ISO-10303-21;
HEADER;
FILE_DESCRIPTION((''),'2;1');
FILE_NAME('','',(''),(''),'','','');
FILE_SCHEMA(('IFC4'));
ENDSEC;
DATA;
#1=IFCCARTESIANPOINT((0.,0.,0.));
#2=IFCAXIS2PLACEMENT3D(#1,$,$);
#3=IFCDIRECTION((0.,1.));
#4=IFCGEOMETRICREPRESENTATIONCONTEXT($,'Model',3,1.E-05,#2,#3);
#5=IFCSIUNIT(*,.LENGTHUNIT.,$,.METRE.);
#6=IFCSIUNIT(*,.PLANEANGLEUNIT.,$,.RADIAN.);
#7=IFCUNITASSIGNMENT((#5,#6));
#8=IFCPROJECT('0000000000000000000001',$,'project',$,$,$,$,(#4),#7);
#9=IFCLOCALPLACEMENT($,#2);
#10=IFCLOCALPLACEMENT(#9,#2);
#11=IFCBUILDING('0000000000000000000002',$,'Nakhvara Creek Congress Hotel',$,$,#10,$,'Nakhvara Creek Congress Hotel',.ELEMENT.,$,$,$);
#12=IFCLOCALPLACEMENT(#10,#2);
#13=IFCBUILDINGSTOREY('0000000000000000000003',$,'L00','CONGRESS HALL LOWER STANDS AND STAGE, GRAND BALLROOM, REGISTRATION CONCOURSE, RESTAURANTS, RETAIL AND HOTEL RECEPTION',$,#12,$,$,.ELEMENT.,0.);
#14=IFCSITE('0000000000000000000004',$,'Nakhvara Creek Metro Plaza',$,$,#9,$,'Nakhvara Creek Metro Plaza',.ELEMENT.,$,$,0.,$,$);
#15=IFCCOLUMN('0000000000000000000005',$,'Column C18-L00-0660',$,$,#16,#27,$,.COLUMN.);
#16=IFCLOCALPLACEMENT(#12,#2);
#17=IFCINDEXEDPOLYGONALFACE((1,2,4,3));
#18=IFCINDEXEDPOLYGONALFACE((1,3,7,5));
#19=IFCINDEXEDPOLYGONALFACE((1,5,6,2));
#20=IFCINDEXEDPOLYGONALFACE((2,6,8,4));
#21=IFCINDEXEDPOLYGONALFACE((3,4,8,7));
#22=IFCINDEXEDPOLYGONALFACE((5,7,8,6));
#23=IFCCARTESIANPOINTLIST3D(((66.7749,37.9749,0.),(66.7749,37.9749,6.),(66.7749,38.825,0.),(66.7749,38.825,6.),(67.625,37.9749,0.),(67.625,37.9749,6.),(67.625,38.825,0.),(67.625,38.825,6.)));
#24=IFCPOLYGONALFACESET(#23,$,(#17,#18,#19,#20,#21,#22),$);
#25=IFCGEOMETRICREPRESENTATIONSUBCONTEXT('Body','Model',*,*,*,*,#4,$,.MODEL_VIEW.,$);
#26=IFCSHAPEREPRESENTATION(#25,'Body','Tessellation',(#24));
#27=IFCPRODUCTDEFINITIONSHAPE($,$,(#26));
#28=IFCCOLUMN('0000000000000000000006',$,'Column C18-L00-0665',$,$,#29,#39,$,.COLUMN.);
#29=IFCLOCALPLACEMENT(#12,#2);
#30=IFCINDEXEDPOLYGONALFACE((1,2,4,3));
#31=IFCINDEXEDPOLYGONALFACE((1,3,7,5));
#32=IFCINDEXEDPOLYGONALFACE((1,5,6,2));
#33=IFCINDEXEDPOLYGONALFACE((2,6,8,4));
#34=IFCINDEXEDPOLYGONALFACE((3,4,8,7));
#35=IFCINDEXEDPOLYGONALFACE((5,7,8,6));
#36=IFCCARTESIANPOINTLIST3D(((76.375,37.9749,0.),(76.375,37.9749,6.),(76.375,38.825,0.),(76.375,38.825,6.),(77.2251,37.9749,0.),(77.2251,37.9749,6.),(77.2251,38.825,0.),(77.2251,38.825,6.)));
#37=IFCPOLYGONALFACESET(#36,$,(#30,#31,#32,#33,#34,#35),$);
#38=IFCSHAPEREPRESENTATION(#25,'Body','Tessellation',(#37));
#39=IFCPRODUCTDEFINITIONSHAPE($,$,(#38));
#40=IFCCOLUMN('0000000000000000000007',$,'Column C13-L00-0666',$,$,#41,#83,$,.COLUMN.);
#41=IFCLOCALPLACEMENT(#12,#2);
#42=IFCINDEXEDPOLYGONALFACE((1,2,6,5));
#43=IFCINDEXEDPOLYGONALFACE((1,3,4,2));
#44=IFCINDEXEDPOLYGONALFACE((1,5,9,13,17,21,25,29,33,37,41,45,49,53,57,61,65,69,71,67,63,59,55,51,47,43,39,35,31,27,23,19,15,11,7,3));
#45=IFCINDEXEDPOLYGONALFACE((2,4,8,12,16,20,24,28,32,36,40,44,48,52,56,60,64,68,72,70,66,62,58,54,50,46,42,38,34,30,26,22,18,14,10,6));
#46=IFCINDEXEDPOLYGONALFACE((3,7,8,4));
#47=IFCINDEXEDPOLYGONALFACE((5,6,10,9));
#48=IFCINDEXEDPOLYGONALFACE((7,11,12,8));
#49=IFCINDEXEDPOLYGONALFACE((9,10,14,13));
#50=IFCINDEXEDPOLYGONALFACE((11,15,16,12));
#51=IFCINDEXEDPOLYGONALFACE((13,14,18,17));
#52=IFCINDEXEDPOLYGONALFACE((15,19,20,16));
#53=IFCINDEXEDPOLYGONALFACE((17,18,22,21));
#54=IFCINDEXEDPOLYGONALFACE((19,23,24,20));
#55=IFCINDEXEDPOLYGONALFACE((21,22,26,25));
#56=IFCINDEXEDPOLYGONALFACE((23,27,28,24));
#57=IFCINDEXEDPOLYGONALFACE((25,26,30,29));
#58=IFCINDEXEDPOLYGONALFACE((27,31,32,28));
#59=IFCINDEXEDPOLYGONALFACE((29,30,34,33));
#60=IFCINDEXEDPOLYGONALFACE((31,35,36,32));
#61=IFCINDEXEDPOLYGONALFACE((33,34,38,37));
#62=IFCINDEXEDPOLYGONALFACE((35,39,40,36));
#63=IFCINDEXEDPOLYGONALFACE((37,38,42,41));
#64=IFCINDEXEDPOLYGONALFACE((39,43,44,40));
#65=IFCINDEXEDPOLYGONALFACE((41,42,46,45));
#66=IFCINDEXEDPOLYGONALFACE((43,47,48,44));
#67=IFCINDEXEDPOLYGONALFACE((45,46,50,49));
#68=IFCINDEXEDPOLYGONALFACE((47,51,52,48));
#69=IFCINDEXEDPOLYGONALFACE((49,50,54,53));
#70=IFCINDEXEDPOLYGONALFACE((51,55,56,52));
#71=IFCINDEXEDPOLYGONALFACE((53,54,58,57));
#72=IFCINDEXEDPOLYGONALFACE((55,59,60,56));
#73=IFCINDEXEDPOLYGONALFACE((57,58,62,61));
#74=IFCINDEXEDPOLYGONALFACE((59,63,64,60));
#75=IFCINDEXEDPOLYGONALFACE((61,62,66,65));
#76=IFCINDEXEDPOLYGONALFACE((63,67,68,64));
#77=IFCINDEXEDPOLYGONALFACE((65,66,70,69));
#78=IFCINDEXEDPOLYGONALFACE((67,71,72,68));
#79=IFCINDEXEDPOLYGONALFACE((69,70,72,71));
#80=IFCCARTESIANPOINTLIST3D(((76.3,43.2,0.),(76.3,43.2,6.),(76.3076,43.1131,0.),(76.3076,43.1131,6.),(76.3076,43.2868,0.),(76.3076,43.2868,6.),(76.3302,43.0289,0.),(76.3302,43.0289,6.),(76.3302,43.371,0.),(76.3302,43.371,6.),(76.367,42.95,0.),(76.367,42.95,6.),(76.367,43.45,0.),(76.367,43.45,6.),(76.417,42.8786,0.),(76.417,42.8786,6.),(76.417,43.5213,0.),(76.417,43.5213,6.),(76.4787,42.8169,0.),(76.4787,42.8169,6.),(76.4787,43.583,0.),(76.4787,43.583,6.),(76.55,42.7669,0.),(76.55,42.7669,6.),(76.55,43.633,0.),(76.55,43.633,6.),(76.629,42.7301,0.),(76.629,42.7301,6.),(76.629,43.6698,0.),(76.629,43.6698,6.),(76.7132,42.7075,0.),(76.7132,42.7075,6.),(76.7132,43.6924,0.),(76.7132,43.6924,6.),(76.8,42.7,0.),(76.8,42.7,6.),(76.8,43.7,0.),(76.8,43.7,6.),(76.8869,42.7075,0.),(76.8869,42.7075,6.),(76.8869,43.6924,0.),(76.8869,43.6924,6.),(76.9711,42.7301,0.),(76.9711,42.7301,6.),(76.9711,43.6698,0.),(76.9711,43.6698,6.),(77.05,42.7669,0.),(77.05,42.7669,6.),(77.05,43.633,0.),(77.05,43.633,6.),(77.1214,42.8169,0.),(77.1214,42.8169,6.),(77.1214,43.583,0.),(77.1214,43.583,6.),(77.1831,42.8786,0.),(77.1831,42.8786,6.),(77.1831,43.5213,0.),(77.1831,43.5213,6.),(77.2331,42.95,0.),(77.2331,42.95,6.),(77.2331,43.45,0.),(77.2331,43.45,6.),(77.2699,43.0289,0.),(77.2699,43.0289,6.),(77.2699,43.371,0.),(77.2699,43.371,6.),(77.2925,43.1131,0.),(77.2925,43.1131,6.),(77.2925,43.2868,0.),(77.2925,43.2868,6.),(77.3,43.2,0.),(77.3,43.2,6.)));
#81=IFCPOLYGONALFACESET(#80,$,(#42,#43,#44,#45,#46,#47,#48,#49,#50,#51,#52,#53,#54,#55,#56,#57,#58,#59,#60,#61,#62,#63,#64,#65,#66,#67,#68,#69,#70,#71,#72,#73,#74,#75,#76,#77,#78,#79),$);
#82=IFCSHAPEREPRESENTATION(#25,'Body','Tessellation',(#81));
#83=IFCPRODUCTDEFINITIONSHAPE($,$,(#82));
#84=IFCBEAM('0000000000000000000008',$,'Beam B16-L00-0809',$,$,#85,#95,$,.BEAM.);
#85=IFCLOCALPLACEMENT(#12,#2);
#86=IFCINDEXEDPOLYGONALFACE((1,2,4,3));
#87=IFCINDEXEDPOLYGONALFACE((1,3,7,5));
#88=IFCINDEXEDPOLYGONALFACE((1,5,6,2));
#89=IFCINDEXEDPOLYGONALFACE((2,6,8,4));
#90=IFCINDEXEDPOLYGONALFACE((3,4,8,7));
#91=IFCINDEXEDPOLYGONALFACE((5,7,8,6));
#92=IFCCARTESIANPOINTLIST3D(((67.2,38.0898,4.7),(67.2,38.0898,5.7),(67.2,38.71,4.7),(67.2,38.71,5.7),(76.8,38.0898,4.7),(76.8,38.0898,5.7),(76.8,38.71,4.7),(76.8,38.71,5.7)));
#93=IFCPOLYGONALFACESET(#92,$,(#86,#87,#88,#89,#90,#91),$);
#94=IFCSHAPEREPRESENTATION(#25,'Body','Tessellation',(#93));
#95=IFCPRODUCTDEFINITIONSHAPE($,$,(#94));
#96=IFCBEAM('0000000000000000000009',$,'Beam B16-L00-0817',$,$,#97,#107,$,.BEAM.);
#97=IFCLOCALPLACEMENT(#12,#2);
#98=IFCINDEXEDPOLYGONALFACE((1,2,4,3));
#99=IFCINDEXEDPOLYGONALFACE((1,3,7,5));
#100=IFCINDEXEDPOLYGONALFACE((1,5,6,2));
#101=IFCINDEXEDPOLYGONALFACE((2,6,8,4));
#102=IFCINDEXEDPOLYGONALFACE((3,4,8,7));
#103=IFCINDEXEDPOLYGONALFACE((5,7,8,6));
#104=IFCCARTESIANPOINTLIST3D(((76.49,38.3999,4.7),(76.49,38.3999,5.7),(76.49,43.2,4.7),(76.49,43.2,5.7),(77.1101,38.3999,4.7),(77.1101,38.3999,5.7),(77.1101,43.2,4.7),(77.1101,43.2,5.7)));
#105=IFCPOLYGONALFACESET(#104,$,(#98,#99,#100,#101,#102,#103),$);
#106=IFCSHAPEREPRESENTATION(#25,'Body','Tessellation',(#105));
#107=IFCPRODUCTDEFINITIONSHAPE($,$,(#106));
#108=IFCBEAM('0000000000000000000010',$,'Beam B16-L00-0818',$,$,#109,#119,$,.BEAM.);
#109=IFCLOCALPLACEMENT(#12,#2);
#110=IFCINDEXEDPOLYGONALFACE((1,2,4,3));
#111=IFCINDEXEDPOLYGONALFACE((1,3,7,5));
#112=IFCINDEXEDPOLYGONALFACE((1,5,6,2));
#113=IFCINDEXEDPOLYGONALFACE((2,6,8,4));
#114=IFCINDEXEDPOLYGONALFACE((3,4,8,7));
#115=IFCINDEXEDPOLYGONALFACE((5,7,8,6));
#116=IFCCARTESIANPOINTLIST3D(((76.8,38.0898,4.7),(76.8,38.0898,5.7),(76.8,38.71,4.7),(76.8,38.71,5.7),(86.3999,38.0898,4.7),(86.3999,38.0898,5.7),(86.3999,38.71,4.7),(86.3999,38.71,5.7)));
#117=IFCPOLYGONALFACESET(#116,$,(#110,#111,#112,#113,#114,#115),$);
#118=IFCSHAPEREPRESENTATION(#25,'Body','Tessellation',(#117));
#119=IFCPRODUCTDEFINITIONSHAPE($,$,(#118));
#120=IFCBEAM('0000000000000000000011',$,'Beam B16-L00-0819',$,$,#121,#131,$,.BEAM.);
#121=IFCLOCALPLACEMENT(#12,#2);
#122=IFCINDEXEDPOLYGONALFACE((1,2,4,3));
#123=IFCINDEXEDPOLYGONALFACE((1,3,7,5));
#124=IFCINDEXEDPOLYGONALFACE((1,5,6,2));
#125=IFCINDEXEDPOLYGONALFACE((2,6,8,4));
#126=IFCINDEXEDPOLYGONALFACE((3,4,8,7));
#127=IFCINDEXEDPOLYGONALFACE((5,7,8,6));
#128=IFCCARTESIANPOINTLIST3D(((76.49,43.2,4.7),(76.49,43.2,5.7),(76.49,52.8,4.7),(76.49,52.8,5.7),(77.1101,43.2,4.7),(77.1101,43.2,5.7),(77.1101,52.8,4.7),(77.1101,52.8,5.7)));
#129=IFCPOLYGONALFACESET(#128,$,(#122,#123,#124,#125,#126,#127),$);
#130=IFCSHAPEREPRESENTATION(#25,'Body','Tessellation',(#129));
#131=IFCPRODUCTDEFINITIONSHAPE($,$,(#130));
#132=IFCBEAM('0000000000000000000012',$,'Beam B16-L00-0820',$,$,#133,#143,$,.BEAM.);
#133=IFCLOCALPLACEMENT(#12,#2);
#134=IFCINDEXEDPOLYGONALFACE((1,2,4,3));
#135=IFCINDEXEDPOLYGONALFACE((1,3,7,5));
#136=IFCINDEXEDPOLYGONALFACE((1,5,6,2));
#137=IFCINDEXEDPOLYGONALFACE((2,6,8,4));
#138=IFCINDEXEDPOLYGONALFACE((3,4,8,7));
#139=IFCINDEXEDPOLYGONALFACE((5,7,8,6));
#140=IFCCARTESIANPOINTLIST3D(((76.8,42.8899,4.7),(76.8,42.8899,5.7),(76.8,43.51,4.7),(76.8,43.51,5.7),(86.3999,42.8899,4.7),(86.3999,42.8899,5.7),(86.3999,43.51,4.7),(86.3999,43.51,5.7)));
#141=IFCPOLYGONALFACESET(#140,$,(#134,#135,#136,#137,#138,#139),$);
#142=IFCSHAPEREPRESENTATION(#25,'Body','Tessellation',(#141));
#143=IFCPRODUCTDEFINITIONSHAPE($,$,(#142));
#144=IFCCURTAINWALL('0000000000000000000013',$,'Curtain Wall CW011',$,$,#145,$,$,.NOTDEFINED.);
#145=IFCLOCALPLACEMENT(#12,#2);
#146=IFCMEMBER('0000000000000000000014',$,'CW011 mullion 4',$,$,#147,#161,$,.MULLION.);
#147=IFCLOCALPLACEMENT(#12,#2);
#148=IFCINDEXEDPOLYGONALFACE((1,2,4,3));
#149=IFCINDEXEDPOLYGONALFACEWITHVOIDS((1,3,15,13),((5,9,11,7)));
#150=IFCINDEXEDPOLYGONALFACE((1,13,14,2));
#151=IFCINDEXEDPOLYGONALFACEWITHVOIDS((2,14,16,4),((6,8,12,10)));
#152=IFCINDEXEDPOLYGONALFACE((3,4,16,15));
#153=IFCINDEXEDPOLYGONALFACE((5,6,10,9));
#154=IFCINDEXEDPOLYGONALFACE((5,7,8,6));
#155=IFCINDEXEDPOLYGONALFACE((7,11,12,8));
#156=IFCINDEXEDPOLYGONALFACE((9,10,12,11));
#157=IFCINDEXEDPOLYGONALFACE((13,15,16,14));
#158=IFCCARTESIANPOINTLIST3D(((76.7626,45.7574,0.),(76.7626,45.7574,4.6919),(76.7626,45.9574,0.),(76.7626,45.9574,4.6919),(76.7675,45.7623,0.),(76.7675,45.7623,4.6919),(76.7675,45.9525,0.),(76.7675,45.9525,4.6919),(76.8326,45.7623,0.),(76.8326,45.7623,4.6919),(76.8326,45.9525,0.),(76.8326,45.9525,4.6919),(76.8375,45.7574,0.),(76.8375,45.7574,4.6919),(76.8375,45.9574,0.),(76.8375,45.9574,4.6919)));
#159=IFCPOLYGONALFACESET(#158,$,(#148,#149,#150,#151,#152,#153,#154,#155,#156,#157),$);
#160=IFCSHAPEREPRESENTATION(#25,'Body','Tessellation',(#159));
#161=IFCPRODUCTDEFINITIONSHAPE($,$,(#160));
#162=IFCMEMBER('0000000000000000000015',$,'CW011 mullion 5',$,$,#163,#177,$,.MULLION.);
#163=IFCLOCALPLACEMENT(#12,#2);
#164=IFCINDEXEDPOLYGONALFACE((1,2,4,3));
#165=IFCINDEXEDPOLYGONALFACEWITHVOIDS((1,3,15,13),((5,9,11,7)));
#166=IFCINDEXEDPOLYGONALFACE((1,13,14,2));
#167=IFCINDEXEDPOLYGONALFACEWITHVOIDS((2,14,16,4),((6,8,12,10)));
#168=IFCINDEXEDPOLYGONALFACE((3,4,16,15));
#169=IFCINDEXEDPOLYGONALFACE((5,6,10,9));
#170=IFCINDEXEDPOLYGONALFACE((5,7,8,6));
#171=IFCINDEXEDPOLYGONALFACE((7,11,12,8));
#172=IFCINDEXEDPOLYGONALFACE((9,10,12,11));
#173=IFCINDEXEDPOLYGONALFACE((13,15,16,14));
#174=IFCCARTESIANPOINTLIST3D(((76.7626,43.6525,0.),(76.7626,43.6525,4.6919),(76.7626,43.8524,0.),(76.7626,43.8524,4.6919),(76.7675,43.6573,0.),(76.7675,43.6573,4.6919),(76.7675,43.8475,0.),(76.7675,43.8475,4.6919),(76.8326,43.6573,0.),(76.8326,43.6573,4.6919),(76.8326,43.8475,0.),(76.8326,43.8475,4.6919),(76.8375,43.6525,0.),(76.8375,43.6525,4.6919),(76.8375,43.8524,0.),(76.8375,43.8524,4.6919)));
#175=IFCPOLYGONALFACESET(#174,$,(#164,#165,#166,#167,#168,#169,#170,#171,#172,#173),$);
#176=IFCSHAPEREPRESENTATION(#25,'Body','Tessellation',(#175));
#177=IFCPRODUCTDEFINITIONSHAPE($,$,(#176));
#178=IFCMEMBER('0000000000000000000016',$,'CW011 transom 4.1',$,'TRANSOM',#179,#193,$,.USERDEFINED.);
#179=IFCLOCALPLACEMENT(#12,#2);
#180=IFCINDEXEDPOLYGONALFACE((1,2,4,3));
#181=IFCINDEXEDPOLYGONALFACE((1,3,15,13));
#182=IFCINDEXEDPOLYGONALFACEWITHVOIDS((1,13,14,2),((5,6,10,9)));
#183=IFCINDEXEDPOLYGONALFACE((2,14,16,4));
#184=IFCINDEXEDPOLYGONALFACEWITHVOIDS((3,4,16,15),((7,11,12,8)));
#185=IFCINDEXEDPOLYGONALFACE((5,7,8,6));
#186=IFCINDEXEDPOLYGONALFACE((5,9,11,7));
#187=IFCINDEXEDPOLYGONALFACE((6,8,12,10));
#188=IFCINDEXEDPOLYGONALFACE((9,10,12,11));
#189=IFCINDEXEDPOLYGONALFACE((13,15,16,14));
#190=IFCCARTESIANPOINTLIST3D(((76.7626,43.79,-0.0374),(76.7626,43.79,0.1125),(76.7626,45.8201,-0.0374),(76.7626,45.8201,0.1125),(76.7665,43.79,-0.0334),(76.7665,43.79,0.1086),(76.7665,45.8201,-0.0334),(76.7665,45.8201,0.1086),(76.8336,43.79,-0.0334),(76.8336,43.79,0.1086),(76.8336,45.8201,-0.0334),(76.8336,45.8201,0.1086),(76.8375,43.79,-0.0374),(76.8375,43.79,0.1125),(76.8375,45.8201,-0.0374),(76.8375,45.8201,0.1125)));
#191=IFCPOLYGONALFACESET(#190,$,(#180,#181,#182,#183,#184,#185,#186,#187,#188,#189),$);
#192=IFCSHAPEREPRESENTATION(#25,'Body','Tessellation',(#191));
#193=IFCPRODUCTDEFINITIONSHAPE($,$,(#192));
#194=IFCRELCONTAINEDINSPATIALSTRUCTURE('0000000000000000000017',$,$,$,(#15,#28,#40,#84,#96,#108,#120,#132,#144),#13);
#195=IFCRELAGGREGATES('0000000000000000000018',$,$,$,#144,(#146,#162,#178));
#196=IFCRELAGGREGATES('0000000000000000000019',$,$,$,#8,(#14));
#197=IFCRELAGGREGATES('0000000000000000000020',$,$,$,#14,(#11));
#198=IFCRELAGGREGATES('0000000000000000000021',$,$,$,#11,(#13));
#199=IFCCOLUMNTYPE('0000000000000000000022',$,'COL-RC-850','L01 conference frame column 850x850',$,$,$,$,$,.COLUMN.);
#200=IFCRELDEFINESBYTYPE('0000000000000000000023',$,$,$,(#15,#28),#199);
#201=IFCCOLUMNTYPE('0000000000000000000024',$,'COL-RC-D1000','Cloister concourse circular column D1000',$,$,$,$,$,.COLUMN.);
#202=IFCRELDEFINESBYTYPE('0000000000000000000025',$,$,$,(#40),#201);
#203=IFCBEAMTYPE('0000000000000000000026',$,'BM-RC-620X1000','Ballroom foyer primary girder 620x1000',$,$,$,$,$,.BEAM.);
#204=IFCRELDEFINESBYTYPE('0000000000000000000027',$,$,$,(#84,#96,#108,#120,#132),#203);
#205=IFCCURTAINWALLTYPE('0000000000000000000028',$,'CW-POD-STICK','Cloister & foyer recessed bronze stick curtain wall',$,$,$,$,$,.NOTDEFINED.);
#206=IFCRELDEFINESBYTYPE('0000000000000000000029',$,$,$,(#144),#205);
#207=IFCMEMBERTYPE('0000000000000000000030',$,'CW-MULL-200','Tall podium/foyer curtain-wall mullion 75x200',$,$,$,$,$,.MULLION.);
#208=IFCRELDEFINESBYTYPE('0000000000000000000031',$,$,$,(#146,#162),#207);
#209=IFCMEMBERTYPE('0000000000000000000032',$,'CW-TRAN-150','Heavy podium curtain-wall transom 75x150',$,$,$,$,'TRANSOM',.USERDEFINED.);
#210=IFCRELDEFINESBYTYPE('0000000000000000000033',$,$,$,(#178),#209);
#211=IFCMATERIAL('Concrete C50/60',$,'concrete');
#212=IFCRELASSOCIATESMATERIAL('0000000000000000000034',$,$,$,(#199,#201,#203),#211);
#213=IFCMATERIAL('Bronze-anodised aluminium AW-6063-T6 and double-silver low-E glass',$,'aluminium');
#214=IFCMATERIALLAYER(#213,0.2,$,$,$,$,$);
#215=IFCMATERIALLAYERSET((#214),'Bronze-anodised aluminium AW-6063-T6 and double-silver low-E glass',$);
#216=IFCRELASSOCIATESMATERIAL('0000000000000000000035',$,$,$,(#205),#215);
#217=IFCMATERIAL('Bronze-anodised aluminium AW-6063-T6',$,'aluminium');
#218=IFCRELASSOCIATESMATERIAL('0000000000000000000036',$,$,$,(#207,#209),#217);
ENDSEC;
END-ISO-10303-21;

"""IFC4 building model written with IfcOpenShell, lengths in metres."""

from ifc_helpers import new_model, si_unit, direction, frame, origin, origin_2d, place, context, subcontext, project, spatial, rectangle, hollow_rectangle, circle, extrude, material, layer, layer_set, material_profile, profile_set, type_object, element, aggregate, save


model = new_model("IFC4")

# Units and contexts
model_context = context("Model", 3, precision=1e-05, world=origin(), true_north=direction((0.0, 1.0)))
body_context = subcontext(model_context, "Body", "Model", "MODEL_VIEW")
ifc_project = project(units=[si_unit("LENGTHUNIT", "METRE"), si_unit("PLANEANGLEUNIT", "RADIAN")], contexts=[model_context])

# Site, building, storey
site_placement = place(None, origin())
site = spatial("IfcSite", under=ifc_project, at=site_placement, Name="Nakhvara Creek Metro Plaza", LongName="Nakhvara Creek Metro Plaza", CompositionType="ELEMENT", RefElevation=0.0)
building_placement = place(site_placement, origin())
building = spatial("IfcBuilding", under=site, at=building_placement, Name="Nakhvara Creek Congress Hotel", LongName="Nakhvara Creek Congress Hotel", CompositionType="ELEMENT")
storey_placement = place(building_placement, origin())
storey = spatial("IfcBuildingStorey", under=building, at=storey_placement, Name="L00", Description="CONGRESS HALL LOWER STANDS AND STAGE, GRAND BALLROOM, REGISTRATION CONCOURSE, RESTAURANTS, RETAIL AND HOTEL RECEPTION", CompositionType="ELEMENT", Elevation=0.0)

# Columns
ifc_material_1 = material(Name="Concrete C50/60", Category="concrete")
ifc_material_profile_1 = material_profile(ifc_material_1, rectangle(XDim=0.8501, YDim=0.8501, at=origin_2d()), Name="RC-COL 850x850", Category="LoadBearing")
ifc_profile_set_1 = profile_set([ifc_material_profile_1], Name="Concrete C50/60")
column_type_1 = type_object("IfcColumnType", Name="COL-RC-850", Description="L01 conference frame column 850x850", PredefinedType="COLUMN", material=ifc_profile_set_1)
for number, where, z_axis, x_axis, name in (
    (1, (67.2, 38.3999, 0.0), (0.0, 0.0, 1.0), (1.0, 0.0, 0.0), "Column C18-L00-0660"),
    (2, (76.8, 38.3999, 0.0), (0.0, 0.0, 1.0), (1.0, 0.0, 0.0), "Column C18-L00-0665"),
):
    element("IfcColumn", number, at=place(storey_placement, frame(where, z_axis=z_axis, x_axis=x_axis)), inside=storey, type_object=column_type_1, Name=name, PredefinedType="COLUMN", context=body_context, shape_type="SweptSolid", body=[
        extrude(rectangle(XDim=0.8501, YDim=0.8501, at=origin_2d()), origin(), (0.0, 0.0, 1.0), 6.0),
    ])
ifc_material_profile_2 = material_profile(ifc_material_1, circle(Radius=0.5, at=origin_2d()), Name="RC-COL D1000", Category="LoadBearing")
ifc_profile_set_2 = profile_set([ifc_material_profile_2], Name="Concrete C50/60")
column_type_2 = type_object("IfcColumnType", Name="COL-RC-D1000", Description="Cloister concourse circular column D1000", PredefinedType="COLUMN", material=ifc_profile_set_2)
column_placement = place(storey_placement, frame((76.8, 43.2, 0.0), z_axis=(0.0, 0.0, 1.0), x_axis=(1.0, 0.0, 0.0)))
element("IfcColumn", 3, at=column_placement, inside=storey, type_object=column_type_2, Name="Column C13-L00-0666", PredefinedType="COLUMN", context=body_context, shape_type="SweptSolid", body=[
    extrude(circle(Radius=0.5, at=origin_2d()), origin(), (0.0, 0.0, 1.0), 6.0),
])

# Beams
ifc_material_profile_3 = material_profile(ifc_material_1, rectangle(XDim=0.6201, YDim=1.0, at=origin_2d()), Name="RC-BM 620x1000", Category="LoadBearing")
ifc_profile_set_3 = profile_set([ifc_material_profile_3], Name="Concrete C50/60")
beam_type = type_object("IfcBeamType", Name="BM-RC-620X1000", Description="Ballroom foyer primary girder 620x1000", PredefinedType="BEAM", material=ifc_profile_set_3)
beam_1_placement = place(storey_placement, frame((67.2, 38.3999, 5.2), z_axis=(1.0, 0.0, 0.0), x_axis=(0.0, 1.0, 0.0)))
element("IfcBeam", 4, at=beam_1_placement, inside=storey, type_object=beam_type, Name="Beam B16-L00-0809", PredefinedType="BEAM", context=body_context, shape_type="SweptSolid", body=[
    extrude(rectangle(XDim=0.6201, YDim=1.0, at=origin_2d()), origin(), (0.0, 0.0, 1.0), 9.6001),
])
beam_2_placement = place(storey_placement, frame((76.8, 38.3999, 5.2), z_axis=(0.0, 1.0, 0.0), x_axis=(-1.0, 0.0, 0.0)))
element("IfcBeam", 5, at=beam_2_placement, inside=storey, type_object=beam_type, Name="Beam B16-L00-0817", PredefinedType="BEAM", context=body_context, shape_type="SweptSolid", body=[
    extrude(rectangle(XDim=0.6201, YDim=1.0, at=origin_2d()), origin(), (0.0, 0.0, 1.0), 4.8),
])
beam_3_placement = place(storey_placement, frame((76.8, 38.3999, 5.2), z_axis=(1.0, 0.0, 0.0), x_axis=(0.0, 1.0, 0.0)))
element("IfcBeam", 6, at=beam_3_placement, inside=storey, type_object=beam_type, Name="Beam B16-L00-0818", PredefinedType="BEAM", context=body_context, shape_type="SweptSolid", body=[
    extrude(rectangle(XDim=0.6201, YDim=1.0, at=origin_2d()), origin(), (0.0, 0.0, 1.0), 9.5999),
])
beam_4_placement = place(storey_placement, frame((76.8, 43.2, 5.2), z_axis=(0.0, 1.0, 0.0), x_axis=(-1.0, 0.0, 0.0)))
element("IfcBeam", 7, at=beam_4_placement, inside=storey, type_object=beam_type, Name="Beam B16-L00-0819", PredefinedType="BEAM", context=body_context, shape_type="SweptSolid", body=[
    extrude(rectangle(XDim=0.6201, YDim=1.0, at=origin_2d()), origin(), (0.0, 0.0, 1.0), 9.6001),
])
beam_5_placement = place(storey_placement, frame((76.8, 43.2, 5.2), z_axis=(1.0, 0.0, 0.0), x_axis=(0.0, 1.0, 0.0)))
element("IfcBeam", 8, at=beam_5_placement, inside=storey, type_object=beam_type, Name="Beam B16-L00-0820", PredefinedType="BEAM", context=body_context, shape_type="SweptSolid", body=[
    extrude(rectangle(XDim=0.6201, YDim=1.0, at=origin_2d()), origin(), (0.0, 0.0, 1.0), 9.5999),
])

# Curtain wall, members
ifc_material_2 = material(Name="Bronze-anodised aluminium AW-6063-T6 and double-silver low-E glass", Category="aluminium")
ifc_layer = layer(ifc_material_2, 0.2)
ifc_layer_set = layer_set([ifc_layer], Name="Bronze-anodised aluminium AW-6063-T6 and double-silver low-E glass")
curtain_wall_type = type_object("IfcCurtainWallType", Name="CW-POD-STICK", Description="Cloister & foyer recessed bronze stick curtain wall", PredefinedType="NOTDEFINED", material=ifc_layer_set)
curtain_wall_placement = place(storey_placement, origin())
curtain_wall = element("IfcCurtainWall", 9, at=curtain_wall_placement, inside=storey, type_object=curtain_wall_type, Name="Curtain Wall CW011", PredefinedType="NOTDEFINED")
ifc_material_3 = material(Name="Bronze-anodised aluminium AW-6063-T6", Category="aluminium")
ifc_material_profile_4 = material_profile(ifc_material_3, hollow_rectangle(XDim=0.075, YDim=0.2, WallThickness=0.0049, at=origin_2d()), Name="ALU-MULL 75x200x5", Category="LoadBearing")
ifc_profile_set_4 = profile_set([ifc_material_profile_4], Name="Bronze-anodised aluminium AW-6063-T6")
member_type_1 = type_object("IfcMemberType", Name="CW-MULL-200", Description="Tall podium/foyer curtain-wall mullion 75x200", PredefinedType="MULLION", material=ifc_profile_set_4)
member_1_placement = place(storey_placement, frame((76.8, 45.8574, 0.0), z_axis=(0.0, 0.0, 1.0), x_axis=(1.0, 0.0, 0.0)))
member_1 = element("IfcMember", 10, at=member_1_placement, type_object=member_type_1, Name="CW011 mullion 4", PredefinedType="MULLION", context=body_context, shape_type="SweptSolid", body=[
    extrude(hollow_rectangle(XDim=0.075, YDim=0.2, WallThickness=0.0049, at=origin_2d()), origin(), (0.0, 0.0, 1.0), 4.6919),
])
member_2_placement = place(storey_placement, frame((76.8, 43.7524, 0.0), z_axis=(0.0, 0.0, 1.0), x_axis=(1.0, 0.0, 0.0)))
member_2 = element("IfcMember", 11, at=member_2_placement, type_object=member_type_1, Name="CW011 mullion 5", PredefinedType="MULLION", context=body_context, shape_type="SweptSolid", body=[
    extrude(hollow_rectangle(XDim=0.075, YDim=0.2, WallThickness=0.0049, at=origin_2d()), origin(), (0.0, 0.0, 1.0), 4.6919),
])
ifc_material_profile_5 = material_profile(ifc_material_3, hollow_rectangle(XDim=0.075, YDim=0.1499, WallThickness=0.0039, at=origin_2d()), Name="ALU-TRAN 75x150x4", Category="LoadBearing")
ifc_profile_set_5 = profile_set([ifc_material_profile_5], Name="Bronze-anodised aluminium AW-6063-T6")
member_type_2 = type_object("IfcMemberType", Name="CW-TRAN-150", Description="Heavy podium curtain-wall transom 75x150", ElementType="TRANSOM", PredefinedType="USERDEFINED", material=ifc_profile_set_5)
member_3_placement = place(storey_placement, frame((76.8, 45.8201, 0.0376), z_axis=(0.0, -1.0, 0.0), x_axis=(1.0, 0.0, 0.0)))
member_3 = element("IfcMember", 12, at=member_3_placement, type_object=member_type_2, Name="CW011 transom 4.1", ObjectType="TRANSOM", PredefinedType="USERDEFINED", context=body_context, shape_type="SweptSolid", body=[
    extrude(hollow_rectangle(XDim=0.075, YDim=0.1499, WallThickness=0.0039, at=origin_2d()), origin(), (0.0, 0.0, 1.0), 2.03),
])
aggregate(curtain_wall, [member_1, member_2, member_3])

save(model, "model.ifc")
